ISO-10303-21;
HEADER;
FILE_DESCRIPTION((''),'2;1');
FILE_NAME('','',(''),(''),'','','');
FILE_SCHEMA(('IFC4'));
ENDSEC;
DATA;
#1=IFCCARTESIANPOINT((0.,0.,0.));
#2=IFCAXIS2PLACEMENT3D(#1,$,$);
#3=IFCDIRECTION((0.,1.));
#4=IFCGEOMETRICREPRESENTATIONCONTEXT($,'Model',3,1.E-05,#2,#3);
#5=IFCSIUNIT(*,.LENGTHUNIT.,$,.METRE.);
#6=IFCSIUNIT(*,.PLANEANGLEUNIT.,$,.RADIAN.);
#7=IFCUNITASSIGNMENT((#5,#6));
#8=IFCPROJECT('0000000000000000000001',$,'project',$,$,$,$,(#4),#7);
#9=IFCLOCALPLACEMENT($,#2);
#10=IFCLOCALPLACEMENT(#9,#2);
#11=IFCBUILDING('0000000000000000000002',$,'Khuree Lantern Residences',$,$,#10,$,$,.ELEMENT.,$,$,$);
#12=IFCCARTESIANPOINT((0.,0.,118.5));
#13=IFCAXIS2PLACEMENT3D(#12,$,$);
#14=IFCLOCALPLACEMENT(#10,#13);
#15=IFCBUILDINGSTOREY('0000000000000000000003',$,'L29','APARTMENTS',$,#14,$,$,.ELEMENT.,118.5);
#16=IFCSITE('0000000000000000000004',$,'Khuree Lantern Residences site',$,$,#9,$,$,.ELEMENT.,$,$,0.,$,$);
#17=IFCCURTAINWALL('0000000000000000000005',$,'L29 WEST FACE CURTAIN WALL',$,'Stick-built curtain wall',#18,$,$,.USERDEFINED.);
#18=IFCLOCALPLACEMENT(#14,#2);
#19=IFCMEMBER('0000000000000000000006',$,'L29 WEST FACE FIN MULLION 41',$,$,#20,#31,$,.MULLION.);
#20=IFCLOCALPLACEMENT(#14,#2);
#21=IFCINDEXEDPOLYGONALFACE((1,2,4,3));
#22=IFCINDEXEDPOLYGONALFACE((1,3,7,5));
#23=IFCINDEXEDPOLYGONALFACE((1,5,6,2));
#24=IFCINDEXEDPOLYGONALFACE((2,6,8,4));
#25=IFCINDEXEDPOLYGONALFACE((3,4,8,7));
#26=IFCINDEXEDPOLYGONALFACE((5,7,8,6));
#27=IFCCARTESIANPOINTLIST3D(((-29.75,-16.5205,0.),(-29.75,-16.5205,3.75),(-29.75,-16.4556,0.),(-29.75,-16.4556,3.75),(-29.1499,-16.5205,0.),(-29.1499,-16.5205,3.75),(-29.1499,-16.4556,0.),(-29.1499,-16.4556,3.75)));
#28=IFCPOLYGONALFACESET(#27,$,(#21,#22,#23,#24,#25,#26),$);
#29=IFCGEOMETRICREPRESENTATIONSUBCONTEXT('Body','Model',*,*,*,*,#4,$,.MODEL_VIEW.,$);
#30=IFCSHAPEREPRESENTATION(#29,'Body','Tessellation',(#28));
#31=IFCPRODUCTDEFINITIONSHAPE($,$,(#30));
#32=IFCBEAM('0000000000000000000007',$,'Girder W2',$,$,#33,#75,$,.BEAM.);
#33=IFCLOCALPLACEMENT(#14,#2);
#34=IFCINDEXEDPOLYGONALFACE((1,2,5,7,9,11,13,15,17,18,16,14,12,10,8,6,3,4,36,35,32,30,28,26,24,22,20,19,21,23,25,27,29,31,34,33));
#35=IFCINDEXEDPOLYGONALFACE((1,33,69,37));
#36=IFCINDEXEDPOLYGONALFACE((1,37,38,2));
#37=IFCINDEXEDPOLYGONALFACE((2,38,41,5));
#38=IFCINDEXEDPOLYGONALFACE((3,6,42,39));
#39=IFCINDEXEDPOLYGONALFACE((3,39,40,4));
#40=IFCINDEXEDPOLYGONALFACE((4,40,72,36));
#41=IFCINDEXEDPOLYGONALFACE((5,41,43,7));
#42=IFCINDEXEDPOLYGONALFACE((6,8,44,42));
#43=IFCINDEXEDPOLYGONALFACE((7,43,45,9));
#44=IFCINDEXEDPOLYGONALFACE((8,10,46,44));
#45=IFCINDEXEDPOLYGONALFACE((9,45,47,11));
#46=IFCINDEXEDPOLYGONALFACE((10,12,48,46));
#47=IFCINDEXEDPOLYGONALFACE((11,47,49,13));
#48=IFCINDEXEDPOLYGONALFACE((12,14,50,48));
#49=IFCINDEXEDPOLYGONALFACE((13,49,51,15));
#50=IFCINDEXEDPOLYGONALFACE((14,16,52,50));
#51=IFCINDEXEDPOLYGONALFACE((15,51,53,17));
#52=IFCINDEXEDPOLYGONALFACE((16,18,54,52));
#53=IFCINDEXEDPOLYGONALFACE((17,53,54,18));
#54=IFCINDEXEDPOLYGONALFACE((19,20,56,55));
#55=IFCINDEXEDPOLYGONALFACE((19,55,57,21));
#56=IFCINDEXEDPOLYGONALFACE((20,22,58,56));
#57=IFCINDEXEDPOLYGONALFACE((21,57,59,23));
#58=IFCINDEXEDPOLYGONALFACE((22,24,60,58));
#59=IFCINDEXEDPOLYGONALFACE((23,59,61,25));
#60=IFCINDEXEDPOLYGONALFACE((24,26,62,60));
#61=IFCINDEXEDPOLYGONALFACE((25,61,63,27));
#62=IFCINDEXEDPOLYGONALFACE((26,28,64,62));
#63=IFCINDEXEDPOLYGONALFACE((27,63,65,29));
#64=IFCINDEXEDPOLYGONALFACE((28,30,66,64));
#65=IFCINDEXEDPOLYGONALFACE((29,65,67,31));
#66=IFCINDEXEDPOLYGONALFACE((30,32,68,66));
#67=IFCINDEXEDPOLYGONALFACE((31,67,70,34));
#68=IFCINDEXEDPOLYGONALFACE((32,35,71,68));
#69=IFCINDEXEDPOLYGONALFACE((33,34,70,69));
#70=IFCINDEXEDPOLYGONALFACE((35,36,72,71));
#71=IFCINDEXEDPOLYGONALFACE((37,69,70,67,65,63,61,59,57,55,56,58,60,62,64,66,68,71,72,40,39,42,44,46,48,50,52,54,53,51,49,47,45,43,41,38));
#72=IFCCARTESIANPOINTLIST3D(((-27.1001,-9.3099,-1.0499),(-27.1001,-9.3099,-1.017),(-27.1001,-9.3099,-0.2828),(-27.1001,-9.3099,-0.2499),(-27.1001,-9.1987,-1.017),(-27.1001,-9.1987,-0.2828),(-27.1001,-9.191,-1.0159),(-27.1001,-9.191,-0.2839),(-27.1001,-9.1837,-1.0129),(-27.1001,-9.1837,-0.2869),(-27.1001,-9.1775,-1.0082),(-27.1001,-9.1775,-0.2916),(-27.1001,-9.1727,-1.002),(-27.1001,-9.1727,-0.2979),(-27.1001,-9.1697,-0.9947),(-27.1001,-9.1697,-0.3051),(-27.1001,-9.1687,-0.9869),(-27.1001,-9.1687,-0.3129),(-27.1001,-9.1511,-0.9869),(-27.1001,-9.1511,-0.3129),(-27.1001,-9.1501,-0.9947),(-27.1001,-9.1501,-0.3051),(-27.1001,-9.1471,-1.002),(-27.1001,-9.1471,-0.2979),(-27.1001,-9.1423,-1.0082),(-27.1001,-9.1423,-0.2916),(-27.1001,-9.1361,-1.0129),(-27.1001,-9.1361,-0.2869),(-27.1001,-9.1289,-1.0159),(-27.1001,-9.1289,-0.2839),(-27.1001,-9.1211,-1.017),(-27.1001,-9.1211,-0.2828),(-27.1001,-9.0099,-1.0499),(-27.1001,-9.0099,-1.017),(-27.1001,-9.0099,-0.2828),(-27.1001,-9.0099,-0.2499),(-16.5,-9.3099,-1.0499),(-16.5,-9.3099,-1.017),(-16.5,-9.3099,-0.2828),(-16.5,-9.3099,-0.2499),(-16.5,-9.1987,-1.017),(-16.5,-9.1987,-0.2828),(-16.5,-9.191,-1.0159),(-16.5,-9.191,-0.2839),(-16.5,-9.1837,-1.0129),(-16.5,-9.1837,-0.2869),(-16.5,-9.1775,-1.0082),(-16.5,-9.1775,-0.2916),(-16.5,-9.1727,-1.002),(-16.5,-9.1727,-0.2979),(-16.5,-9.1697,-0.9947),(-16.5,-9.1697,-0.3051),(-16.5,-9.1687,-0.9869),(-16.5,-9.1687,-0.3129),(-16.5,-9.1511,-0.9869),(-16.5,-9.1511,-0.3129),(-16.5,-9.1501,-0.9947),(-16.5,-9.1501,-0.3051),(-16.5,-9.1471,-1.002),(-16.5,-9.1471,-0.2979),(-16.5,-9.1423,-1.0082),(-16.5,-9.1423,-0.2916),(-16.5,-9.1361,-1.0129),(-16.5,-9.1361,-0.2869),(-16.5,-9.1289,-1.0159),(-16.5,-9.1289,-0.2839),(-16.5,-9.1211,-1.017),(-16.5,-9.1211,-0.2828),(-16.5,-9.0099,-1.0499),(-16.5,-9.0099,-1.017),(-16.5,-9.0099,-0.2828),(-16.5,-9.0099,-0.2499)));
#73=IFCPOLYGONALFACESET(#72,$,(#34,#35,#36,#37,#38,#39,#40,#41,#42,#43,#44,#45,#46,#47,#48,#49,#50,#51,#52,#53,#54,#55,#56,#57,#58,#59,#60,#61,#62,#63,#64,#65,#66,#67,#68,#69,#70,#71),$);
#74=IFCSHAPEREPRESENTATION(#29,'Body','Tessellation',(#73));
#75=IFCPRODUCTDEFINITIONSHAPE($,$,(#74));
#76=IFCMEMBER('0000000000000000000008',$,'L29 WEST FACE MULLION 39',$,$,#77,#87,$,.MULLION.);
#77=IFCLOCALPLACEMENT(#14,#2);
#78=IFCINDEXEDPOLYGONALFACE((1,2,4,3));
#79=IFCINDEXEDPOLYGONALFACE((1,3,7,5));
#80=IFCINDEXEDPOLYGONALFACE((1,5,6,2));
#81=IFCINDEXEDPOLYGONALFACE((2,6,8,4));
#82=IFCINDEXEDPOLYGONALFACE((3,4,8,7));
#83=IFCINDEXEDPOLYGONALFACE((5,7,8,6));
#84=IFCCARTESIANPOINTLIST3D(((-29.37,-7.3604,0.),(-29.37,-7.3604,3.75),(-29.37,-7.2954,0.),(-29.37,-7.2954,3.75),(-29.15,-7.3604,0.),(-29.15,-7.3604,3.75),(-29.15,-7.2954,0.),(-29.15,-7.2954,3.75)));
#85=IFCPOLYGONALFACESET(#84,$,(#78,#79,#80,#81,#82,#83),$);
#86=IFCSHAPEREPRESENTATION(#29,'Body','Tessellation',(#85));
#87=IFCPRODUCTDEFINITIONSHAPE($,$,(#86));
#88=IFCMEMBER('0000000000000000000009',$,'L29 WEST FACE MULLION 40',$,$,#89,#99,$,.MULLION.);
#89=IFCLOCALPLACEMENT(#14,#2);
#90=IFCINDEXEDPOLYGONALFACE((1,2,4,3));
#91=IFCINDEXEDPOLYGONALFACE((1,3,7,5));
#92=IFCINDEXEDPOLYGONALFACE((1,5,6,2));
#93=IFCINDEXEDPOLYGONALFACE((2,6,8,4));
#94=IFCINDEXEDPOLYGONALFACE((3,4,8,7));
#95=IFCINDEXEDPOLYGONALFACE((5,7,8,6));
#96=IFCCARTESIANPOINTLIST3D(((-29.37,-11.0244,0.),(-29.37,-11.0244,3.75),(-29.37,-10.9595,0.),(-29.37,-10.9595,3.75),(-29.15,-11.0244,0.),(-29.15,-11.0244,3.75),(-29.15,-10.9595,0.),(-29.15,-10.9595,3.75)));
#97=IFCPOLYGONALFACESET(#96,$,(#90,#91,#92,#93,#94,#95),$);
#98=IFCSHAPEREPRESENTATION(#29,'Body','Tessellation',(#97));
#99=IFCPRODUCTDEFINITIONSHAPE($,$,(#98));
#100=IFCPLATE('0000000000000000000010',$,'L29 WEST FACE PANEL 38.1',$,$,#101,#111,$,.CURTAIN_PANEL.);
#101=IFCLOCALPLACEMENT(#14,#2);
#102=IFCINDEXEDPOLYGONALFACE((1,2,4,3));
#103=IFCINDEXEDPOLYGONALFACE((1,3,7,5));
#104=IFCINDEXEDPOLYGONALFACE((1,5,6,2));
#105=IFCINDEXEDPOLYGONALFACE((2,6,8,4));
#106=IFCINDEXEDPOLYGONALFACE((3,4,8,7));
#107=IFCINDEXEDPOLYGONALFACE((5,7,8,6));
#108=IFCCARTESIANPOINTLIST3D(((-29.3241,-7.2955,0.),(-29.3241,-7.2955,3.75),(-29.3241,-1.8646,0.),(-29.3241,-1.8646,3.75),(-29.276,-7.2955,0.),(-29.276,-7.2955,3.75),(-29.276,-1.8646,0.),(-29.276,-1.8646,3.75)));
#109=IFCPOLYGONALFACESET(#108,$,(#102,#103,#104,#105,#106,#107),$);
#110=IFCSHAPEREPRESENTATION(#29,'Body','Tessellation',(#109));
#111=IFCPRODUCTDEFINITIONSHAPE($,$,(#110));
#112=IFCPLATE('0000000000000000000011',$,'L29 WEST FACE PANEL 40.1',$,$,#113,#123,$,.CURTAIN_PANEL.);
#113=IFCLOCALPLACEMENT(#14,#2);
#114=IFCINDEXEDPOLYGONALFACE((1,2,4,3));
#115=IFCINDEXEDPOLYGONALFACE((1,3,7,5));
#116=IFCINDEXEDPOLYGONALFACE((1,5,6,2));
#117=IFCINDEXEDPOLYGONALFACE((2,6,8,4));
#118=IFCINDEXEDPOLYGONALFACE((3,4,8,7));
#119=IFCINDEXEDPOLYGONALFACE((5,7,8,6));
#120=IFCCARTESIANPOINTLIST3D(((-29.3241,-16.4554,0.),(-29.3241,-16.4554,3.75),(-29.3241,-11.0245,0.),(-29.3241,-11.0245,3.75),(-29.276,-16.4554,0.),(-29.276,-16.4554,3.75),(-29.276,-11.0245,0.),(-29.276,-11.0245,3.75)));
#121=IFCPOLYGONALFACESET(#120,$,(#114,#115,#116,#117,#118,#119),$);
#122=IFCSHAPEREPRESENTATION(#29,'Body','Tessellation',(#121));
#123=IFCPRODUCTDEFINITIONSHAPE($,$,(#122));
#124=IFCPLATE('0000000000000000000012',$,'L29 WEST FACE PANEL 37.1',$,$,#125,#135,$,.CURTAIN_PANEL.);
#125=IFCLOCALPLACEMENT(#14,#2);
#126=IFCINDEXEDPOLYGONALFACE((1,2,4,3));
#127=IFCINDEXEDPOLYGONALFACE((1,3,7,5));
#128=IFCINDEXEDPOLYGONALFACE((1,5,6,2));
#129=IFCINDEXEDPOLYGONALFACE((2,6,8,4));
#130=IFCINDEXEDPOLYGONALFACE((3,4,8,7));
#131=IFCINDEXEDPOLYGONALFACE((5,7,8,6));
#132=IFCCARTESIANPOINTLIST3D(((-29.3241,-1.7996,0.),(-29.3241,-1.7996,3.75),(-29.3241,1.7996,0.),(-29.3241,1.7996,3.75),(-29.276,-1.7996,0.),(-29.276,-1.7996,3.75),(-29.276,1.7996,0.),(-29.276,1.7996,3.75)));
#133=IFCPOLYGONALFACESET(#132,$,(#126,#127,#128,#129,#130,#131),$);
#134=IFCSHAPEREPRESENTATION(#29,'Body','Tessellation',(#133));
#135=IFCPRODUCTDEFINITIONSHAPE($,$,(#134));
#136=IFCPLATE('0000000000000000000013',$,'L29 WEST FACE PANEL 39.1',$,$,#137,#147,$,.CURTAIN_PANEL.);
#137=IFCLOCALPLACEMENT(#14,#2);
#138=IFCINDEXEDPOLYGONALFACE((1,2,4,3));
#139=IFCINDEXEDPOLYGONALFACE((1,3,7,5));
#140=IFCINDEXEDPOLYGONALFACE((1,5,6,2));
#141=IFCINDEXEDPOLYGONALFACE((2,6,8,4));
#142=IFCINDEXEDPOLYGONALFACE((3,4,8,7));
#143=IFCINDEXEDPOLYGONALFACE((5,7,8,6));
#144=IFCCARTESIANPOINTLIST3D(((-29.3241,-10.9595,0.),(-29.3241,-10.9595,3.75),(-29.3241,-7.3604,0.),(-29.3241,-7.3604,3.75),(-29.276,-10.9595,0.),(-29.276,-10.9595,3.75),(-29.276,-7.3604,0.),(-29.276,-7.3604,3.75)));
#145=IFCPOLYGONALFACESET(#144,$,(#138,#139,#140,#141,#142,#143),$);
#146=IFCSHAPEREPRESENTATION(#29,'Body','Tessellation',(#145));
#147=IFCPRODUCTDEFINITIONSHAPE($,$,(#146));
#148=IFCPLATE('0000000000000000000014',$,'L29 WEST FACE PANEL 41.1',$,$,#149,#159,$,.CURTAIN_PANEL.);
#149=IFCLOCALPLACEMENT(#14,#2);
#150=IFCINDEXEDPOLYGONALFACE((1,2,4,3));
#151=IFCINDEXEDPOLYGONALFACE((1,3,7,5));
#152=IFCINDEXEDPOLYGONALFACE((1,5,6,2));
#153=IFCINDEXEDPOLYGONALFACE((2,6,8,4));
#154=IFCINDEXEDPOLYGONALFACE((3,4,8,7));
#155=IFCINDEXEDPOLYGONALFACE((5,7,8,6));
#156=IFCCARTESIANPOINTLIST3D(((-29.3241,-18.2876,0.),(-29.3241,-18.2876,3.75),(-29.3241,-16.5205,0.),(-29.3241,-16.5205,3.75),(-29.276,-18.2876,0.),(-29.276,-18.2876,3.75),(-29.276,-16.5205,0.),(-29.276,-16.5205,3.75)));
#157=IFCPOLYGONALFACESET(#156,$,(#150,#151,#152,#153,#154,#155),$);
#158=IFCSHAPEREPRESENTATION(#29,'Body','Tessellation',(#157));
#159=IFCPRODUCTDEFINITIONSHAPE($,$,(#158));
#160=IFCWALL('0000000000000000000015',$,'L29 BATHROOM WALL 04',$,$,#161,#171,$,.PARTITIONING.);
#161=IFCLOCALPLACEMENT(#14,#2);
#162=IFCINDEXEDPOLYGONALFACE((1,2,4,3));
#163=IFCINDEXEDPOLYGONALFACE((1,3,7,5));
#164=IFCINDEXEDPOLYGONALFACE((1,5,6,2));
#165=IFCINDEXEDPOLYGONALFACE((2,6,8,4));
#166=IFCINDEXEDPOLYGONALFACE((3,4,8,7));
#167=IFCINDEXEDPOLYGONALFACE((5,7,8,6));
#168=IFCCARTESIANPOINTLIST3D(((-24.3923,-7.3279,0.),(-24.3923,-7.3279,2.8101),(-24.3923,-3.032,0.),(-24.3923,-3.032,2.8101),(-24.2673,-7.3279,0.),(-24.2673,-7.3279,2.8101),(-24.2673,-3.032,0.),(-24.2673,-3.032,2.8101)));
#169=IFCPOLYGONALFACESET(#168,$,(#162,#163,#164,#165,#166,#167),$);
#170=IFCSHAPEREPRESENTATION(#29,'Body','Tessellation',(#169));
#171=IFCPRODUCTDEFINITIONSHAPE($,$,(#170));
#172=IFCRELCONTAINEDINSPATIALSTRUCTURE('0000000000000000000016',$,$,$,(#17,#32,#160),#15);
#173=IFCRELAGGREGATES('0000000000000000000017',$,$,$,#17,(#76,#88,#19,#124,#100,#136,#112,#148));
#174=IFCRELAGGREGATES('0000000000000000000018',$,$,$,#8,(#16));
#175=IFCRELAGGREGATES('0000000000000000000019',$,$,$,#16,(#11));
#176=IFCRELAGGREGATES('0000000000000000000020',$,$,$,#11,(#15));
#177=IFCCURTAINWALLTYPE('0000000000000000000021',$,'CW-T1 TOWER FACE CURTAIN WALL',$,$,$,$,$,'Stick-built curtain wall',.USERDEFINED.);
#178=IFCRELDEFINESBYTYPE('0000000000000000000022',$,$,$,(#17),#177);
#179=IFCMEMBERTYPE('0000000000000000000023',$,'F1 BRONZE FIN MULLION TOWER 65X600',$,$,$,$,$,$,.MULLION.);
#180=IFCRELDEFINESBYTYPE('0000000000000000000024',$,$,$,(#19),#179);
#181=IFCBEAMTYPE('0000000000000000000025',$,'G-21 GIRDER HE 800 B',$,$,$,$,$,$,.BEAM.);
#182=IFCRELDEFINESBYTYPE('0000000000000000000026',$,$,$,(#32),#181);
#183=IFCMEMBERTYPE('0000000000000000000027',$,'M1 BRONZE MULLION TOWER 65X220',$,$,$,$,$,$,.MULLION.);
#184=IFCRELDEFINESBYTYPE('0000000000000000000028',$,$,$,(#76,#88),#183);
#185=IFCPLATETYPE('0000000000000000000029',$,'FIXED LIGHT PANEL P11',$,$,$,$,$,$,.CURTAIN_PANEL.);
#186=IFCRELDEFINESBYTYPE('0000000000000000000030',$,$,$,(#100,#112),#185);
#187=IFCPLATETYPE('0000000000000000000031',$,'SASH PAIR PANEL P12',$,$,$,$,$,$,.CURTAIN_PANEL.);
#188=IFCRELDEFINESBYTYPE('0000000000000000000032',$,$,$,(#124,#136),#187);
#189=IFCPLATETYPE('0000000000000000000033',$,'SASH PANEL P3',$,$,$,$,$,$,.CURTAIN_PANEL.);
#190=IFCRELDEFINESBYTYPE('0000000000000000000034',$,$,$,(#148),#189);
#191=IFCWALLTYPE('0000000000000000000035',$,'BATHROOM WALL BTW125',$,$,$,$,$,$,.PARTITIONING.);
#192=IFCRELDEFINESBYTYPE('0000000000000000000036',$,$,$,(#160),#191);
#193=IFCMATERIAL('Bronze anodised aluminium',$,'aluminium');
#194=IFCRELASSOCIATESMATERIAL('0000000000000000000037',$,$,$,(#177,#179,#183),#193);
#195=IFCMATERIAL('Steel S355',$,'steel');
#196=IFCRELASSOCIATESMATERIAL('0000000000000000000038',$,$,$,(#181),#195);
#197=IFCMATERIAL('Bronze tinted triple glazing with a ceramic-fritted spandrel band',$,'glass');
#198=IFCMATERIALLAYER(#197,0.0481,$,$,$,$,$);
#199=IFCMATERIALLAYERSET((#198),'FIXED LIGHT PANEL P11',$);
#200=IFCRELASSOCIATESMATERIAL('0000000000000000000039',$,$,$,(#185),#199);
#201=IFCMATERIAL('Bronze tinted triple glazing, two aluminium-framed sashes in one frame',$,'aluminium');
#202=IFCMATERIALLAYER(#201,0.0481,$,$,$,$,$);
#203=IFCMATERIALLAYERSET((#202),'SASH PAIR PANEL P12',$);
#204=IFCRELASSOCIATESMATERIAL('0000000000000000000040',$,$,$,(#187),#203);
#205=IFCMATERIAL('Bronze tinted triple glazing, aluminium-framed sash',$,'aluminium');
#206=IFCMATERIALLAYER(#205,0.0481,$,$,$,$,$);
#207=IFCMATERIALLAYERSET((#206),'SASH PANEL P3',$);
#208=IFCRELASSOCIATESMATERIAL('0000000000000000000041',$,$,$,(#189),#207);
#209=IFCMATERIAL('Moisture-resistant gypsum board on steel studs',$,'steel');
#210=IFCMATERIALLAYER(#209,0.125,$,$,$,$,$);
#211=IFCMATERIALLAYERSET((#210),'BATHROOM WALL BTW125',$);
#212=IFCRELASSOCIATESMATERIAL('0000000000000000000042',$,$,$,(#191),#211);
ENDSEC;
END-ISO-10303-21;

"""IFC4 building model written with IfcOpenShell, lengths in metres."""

from ifc_helpers import new_model, si_unit, direction, frame, frame_2d, origin, origin_2d, place, context, subcontext, project, spatial, rectangle, i_section, extrude, material, layer, layer_set, material_profile, profile_set, type_object, element, aggregate, save


model = new_model("IFC4")

# Units and contexts
model_context = context("Model", 3, precision=1e-05, world=origin(), true_north=direction((0.0, 1.0)))
body_context = subcontext(model_context, "Body", "Model", "MODEL_VIEW")
ifc_project = project(units=[si_unit("LENGTHUNIT", "METRE"), si_unit("PLANEANGLEUNIT", "RADIAN")], contexts=[model_context])

# Site, building, storey
site_placement = place(None, origin())
site = spatial("IfcSite", under=ifc_project, at=site_placement, Name="Khuree Lantern Residences site", CompositionType="ELEMENT", RefElevation=0.0)
building_placement = place(site_placement, origin())
building = spatial("IfcBuilding", under=site, at=building_placement, Name="Khuree Lantern Residences", CompositionType="ELEMENT")
storey_placement = place(building_placement, frame((0.0, 0.0, 118.5)))
storey = spatial("IfcBuildingStorey", under=building, at=storey_placement, Name="L29", Description="APARTMENTS", CompositionType="ELEMENT", Elevation=118.5)

# Shared definitions
ifc_material_1 = material(Name="Steel S355", Category="steel")

# Curtain wall, member
ifc_material_2 = material(Name="Bronze anodised aluminium", Category="aluminium")
curtain_wall_type = type_object("IfcCurtainWallType", Name="CW-T1 TOWER FACE CURTAIN WALL", ElementType="Stick-built curtain wall", PredefinedType="USERDEFINED", material=ifc_material_2)
curtain_wall_placement = place(storey_placement, origin())
curtain_wall = element("IfcCurtainWall", 1, at=curtain_wall_placement, inside=storey, type_object=curtain_wall_type, Name="L29 WEST FACE CURTAIN WALL", ObjectType="Stick-built curtain wall", PredefinedType="USERDEFINED")
ifc_material_profile_1 = material_profile(ifc_material_2, rectangle(XDim=0.0649, YDim=0.6001, at=origin_2d()), Name="F1 65X600")
ifc_profile_set_1 = profile_set([ifc_material_profile_1], Name="Bronze anodised aluminium")
member_type_1 = type_object("IfcMemberType", Name="F1 BRONZE FIN MULLION TOWER 65X600", PredefinedType="MULLION", material=ifc_profile_set_1)
member_1_placement = place(storey_placement, frame((-29.45, -16.488, 0.0), z_axis=(0.0, 0.0, 1.0), x_axis=(0.0, -1.0, 0.0)))
member_1 = element("IfcMember", 2, at=member_1_placement, type_object=member_type_1, Name="L29 WEST FACE FIN MULLION 41", PredefinedType="MULLION", context=body_context, shape_type="SweptSolid", body=[
    extrude(rectangle(XDim=0.0649, YDim=0.6001, at=origin_2d()), origin(), (0.0, 0.0, 1.0), 3.75),
])

# Beam
ifc_material_profile_2 = material_profile(ifc_material_1, i_section(OverallWidth=0.3, OverallDepth=0.8, WebThickness=0.0176, FlangeThickness=0.033, FilletRadius=0.03, at=origin_2d()), Name="HE 800 B")
ifc_profile_set_2 = profile_set([ifc_material_profile_2], Name="Steel S355")
beam_type_1 = type_object("IfcBeamType", Name="G-21 GIRDER HE 800 B", PredefinedType="BEAM", material=ifc_profile_set_2)
beam_1_placement = place(storey_placement, frame((-27.1001, -9.1599, -0.6499), z_axis=(1.0, 0.0, 0.0), x_axis=(0.0, 1.0, 0.0)))
element("IfcBeam", 3, at=beam_1_placement, inside=storey, type_object=beam_type_1, Name="Girder W2", PredefinedType="BEAM", context=body_context, shape_type="SweptSolid", body=[
    extrude(i_section(OverallWidth=0.3, OverallDepth=0.8, WebThickness=0.0176, FlangeThickness=0.033, FilletRadius=0.03, at=origin_2d()), origin(), (0.0, 0.0, 1.0), 10.6001),
])

# Members
ifc_material_profile_3 = material_profile(ifc_material_2, rectangle(XDim=0.0649, YDim=0.22, at=origin_2d()), Name="M1 65X220")
ifc_profile_set_3 = profile_set([ifc_material_profile_3], Name="Bronze anodised aluminium")
member_type_2 = type_object("IfcMemberType", Name="M1 BRONZE MULLION TOWER 65X220", PredefinedType="MULLION", material=ifc_profile_set_3)
member_2_placement = place(storey_placement, frame((-29.26, -7.3279, 0.0), z_axis=(0.0, 0.0, 1.0), x_axis=(0.0, -1.0, 0.0)))
member_2 = element("IfcMember", 4, at=member_2_placement, type_object=member_type_2, Name="L29 WEST FACE MULLION 39", PredefinedType="MULLION", context=body_context, shape_type="SweptSolid", body=[
    extrude(rectangle(XDim=0.0649, YDim=0.22, at=origin_2d()), origin(), (0.0, 0.0, 1.0), 3.75),
])
member_3_placement = place(storey_placement, frame((-29.26, -10.9919, 0.0), z_axis=(0.0, 0.0, 1.0), x_axis=(0.0, -1.0, 0.0)))
member_3 = element("IfcMember", 5, at=member_3_placement, type_object=member_type_2, Name="L29 WEST FACE MULLION 40", PredefinedType="MULLION", context=body_context, shape_type="SweptSolid", body=[
    extrude(rectangle(XDim=0.0649, YDim=0.22, at=origin_2d()), origin(), (0.0, 0.0, 1.0), 3.75),
])

# Plates
ifc_material_3 = material(Name="Bronze tinted triple glazing with a ceramic-fritted spandrel band", Category="glass")
ifc_layer_1 = layer(ifc_material_3, 0.0481)
ifc_layer_set_1 = layer_set([ifc_layer_1], Name="FIXED LIGHT PANEL P11")
plate_type_1 = type_object("IfcPlateType", Name="FIXED LIGHT PANEL P11", PredefinedType="CURTAIN_PANEL", material=ifc_layer_set_1)
plate_1_placement = place(storey_placement, frame((-29.3, -4.5801, 0.0), z_axis=(0.0, 0.0, 1.0), x_axis=(0.0, -1.0, 0.0)))
plate_1 = element("IfcPlate", 6, at=plate_1_placement, type_object=plate_type_1, Name="L29 WEST FACE PANEL 38.1", PredefinedType="CURTAIN_PANEL", context=body_context, shape_type="SweptSolid", body=[
    extrude(rectangle(XDim=5.4309, YDim=0.0481, at=origin_2d()), origin(), (0.0, 0.0, 1.0), 3.75),
])
plate_2_placement = place(storey_placement, frame((-29.3, -13.74, 0.0), z_axis=(0.0, 0.0, 1.0), x_axis=(0.0, -1.0, 0.0)))
plate_2 = element("IfcPlate", 7, at=plate_2_placement, type_object=plate_type_1, Name="L29 WEST FACE PANEL 40.1", PredefinedType="CURTAIN_PANEL", context=body_context, shape_type="SweptSolid", body=[
    extrude(rectangle(XDim=5.4309, YDim=0.0481, at=origin_2d()), origin(), (0.0, 0.0, 1.0), 3.75),
])
ifc_material_4 = material(Name="Bronze tinted triple glazing, two aluminium-framed sashes in one frame", Category="aluminium")
ifc_layer_2 = layer(ifc_material_4, 0.0481)
ifc_layer_set_2 = layer_set([ifc_layer_2], Name="SASH PAIR PANEL P12")
plate_type_2 = type_object("IfcPlateType", Name="SASH PAIR PANEL P12", PredefinedType="CURTAIN_PANEL", material=ifc_layer_set_2)
plate_3_placement = place(storey_placement, frame((-29.3, 0.0, 0.0), z_axis=(0.0, 0.0, 1.0), x_axis=(0.0, -1.0, 0.0)))
plate_3 = element("IfcPlate", 8, at=plate_3_placement, type_object=plate_type_2, Name="L29 WEST FACE PANEL 37.1", PredefinedType="CURTAIN_PANEL", context=body_context, shape_type="SweptSolid", body=[
    extrude(rectangle(XDim=3.5991, YDim=0.0481, at=origin_2d()), origin(), (0.0, 0.0, 1.0), 3.75),
])
plate_4_placement = place(storey_placement, frame((-29.3, -9.1599, 0.0), z_axis=(0.0, 0.0, 1.0), x_axis=(0.0, -1.0, 0.0)))
plate_4 = element("IfcPlate", 9, at=plate_4_placement, type_object=plate_type_2, Name="L29 WEST FACE PANEL 39.1", PredefinedType="CURTAIN_PANEL", context=body_context, shape_type="SweptSolid", body=[
    extrude(rectangle(XDim=3.5991, YDim=0.0481, at=origin_2d()), origin(), (0.0, 0.0, 1.0), 3.75),
])
ifc_material_5 = material(Name="Bronze tinted triple glazing, aluminium-framed sash", Category="aluminium")
ifc_layer_3 = layer(ifc_material_5, 0.0481)
ifc_layer_set_3 = layer_set([ifc_layer_3], Name="SASH PANEL P3")
plate_type_3 = type_object("IfcPlateType", Name="SASH PANEL P3", PredefinedType="CURTAIN_PANEL", material=ifc_layer_set_3)
plate_5_placement = place(storey_placement, frame((-29.3, -17.4041, 0.0), z_axis=(0.0, 0.0, 1.0), x_axis=(0.0, -1.0, 0.0)))
plate_5 = element("IfcPlate", 10, at=plate_5_placement, type_object=plate_type_3, Name="L29 WEST FACE PANEL 41.1", PredefinedType="CURTAIN_PANEL", context=body_context, shape_type="SweptSolid", body=[
    extrude(rectangle(XDim=1.7671, YDim=0.0481, at=origin_2d()), origin(), (0.0, 0.0, 1.0), 3.75),
])
aggregate(curtain_wall, [member_2, member_3, member_1, plate_3, plate_1, plate_4, plate_2, plate_5])

# Wall
ifc_material_6 = material(Name="Moisture-resistant gypsum board on steel studs", Category="steel")
ifc_layer_4 = layer(ifc_material_6, 0.125)
ifc_layer_set_4 = layer_set([ifc_layer_4], Name="BATHROOM WALL BTW125")
wall_type_1 = type_object("IfcWallType", Name="BATHROOM WALL BTW125", PredefinedType="PARTITIONING", material=ifc_layer_set_4)
wall_1_placement = place(storey_placement, frame((-24.3298, -3.032, 0.0), z_axis=(0.0, 0.0, 1.0), x_axis=(0.0, -1.0, 0.0)))
element("IfcWall", 11, at=wall_1_placement, inside=storey, type_object=wall_type_1, Name="L29 BATHROOM WALL 04", PredefinedType="PARTITIONING", context=body_context, shape_type="SweptSolid", body=[
    extrude(rectangle(XDim=4.2959, YDim=0.125, at=frame_2d((2.1479, 0.0))), origin(), (0.0, 0.0, 1.0), 2.8101),
])

save(model, "model.ifc")
